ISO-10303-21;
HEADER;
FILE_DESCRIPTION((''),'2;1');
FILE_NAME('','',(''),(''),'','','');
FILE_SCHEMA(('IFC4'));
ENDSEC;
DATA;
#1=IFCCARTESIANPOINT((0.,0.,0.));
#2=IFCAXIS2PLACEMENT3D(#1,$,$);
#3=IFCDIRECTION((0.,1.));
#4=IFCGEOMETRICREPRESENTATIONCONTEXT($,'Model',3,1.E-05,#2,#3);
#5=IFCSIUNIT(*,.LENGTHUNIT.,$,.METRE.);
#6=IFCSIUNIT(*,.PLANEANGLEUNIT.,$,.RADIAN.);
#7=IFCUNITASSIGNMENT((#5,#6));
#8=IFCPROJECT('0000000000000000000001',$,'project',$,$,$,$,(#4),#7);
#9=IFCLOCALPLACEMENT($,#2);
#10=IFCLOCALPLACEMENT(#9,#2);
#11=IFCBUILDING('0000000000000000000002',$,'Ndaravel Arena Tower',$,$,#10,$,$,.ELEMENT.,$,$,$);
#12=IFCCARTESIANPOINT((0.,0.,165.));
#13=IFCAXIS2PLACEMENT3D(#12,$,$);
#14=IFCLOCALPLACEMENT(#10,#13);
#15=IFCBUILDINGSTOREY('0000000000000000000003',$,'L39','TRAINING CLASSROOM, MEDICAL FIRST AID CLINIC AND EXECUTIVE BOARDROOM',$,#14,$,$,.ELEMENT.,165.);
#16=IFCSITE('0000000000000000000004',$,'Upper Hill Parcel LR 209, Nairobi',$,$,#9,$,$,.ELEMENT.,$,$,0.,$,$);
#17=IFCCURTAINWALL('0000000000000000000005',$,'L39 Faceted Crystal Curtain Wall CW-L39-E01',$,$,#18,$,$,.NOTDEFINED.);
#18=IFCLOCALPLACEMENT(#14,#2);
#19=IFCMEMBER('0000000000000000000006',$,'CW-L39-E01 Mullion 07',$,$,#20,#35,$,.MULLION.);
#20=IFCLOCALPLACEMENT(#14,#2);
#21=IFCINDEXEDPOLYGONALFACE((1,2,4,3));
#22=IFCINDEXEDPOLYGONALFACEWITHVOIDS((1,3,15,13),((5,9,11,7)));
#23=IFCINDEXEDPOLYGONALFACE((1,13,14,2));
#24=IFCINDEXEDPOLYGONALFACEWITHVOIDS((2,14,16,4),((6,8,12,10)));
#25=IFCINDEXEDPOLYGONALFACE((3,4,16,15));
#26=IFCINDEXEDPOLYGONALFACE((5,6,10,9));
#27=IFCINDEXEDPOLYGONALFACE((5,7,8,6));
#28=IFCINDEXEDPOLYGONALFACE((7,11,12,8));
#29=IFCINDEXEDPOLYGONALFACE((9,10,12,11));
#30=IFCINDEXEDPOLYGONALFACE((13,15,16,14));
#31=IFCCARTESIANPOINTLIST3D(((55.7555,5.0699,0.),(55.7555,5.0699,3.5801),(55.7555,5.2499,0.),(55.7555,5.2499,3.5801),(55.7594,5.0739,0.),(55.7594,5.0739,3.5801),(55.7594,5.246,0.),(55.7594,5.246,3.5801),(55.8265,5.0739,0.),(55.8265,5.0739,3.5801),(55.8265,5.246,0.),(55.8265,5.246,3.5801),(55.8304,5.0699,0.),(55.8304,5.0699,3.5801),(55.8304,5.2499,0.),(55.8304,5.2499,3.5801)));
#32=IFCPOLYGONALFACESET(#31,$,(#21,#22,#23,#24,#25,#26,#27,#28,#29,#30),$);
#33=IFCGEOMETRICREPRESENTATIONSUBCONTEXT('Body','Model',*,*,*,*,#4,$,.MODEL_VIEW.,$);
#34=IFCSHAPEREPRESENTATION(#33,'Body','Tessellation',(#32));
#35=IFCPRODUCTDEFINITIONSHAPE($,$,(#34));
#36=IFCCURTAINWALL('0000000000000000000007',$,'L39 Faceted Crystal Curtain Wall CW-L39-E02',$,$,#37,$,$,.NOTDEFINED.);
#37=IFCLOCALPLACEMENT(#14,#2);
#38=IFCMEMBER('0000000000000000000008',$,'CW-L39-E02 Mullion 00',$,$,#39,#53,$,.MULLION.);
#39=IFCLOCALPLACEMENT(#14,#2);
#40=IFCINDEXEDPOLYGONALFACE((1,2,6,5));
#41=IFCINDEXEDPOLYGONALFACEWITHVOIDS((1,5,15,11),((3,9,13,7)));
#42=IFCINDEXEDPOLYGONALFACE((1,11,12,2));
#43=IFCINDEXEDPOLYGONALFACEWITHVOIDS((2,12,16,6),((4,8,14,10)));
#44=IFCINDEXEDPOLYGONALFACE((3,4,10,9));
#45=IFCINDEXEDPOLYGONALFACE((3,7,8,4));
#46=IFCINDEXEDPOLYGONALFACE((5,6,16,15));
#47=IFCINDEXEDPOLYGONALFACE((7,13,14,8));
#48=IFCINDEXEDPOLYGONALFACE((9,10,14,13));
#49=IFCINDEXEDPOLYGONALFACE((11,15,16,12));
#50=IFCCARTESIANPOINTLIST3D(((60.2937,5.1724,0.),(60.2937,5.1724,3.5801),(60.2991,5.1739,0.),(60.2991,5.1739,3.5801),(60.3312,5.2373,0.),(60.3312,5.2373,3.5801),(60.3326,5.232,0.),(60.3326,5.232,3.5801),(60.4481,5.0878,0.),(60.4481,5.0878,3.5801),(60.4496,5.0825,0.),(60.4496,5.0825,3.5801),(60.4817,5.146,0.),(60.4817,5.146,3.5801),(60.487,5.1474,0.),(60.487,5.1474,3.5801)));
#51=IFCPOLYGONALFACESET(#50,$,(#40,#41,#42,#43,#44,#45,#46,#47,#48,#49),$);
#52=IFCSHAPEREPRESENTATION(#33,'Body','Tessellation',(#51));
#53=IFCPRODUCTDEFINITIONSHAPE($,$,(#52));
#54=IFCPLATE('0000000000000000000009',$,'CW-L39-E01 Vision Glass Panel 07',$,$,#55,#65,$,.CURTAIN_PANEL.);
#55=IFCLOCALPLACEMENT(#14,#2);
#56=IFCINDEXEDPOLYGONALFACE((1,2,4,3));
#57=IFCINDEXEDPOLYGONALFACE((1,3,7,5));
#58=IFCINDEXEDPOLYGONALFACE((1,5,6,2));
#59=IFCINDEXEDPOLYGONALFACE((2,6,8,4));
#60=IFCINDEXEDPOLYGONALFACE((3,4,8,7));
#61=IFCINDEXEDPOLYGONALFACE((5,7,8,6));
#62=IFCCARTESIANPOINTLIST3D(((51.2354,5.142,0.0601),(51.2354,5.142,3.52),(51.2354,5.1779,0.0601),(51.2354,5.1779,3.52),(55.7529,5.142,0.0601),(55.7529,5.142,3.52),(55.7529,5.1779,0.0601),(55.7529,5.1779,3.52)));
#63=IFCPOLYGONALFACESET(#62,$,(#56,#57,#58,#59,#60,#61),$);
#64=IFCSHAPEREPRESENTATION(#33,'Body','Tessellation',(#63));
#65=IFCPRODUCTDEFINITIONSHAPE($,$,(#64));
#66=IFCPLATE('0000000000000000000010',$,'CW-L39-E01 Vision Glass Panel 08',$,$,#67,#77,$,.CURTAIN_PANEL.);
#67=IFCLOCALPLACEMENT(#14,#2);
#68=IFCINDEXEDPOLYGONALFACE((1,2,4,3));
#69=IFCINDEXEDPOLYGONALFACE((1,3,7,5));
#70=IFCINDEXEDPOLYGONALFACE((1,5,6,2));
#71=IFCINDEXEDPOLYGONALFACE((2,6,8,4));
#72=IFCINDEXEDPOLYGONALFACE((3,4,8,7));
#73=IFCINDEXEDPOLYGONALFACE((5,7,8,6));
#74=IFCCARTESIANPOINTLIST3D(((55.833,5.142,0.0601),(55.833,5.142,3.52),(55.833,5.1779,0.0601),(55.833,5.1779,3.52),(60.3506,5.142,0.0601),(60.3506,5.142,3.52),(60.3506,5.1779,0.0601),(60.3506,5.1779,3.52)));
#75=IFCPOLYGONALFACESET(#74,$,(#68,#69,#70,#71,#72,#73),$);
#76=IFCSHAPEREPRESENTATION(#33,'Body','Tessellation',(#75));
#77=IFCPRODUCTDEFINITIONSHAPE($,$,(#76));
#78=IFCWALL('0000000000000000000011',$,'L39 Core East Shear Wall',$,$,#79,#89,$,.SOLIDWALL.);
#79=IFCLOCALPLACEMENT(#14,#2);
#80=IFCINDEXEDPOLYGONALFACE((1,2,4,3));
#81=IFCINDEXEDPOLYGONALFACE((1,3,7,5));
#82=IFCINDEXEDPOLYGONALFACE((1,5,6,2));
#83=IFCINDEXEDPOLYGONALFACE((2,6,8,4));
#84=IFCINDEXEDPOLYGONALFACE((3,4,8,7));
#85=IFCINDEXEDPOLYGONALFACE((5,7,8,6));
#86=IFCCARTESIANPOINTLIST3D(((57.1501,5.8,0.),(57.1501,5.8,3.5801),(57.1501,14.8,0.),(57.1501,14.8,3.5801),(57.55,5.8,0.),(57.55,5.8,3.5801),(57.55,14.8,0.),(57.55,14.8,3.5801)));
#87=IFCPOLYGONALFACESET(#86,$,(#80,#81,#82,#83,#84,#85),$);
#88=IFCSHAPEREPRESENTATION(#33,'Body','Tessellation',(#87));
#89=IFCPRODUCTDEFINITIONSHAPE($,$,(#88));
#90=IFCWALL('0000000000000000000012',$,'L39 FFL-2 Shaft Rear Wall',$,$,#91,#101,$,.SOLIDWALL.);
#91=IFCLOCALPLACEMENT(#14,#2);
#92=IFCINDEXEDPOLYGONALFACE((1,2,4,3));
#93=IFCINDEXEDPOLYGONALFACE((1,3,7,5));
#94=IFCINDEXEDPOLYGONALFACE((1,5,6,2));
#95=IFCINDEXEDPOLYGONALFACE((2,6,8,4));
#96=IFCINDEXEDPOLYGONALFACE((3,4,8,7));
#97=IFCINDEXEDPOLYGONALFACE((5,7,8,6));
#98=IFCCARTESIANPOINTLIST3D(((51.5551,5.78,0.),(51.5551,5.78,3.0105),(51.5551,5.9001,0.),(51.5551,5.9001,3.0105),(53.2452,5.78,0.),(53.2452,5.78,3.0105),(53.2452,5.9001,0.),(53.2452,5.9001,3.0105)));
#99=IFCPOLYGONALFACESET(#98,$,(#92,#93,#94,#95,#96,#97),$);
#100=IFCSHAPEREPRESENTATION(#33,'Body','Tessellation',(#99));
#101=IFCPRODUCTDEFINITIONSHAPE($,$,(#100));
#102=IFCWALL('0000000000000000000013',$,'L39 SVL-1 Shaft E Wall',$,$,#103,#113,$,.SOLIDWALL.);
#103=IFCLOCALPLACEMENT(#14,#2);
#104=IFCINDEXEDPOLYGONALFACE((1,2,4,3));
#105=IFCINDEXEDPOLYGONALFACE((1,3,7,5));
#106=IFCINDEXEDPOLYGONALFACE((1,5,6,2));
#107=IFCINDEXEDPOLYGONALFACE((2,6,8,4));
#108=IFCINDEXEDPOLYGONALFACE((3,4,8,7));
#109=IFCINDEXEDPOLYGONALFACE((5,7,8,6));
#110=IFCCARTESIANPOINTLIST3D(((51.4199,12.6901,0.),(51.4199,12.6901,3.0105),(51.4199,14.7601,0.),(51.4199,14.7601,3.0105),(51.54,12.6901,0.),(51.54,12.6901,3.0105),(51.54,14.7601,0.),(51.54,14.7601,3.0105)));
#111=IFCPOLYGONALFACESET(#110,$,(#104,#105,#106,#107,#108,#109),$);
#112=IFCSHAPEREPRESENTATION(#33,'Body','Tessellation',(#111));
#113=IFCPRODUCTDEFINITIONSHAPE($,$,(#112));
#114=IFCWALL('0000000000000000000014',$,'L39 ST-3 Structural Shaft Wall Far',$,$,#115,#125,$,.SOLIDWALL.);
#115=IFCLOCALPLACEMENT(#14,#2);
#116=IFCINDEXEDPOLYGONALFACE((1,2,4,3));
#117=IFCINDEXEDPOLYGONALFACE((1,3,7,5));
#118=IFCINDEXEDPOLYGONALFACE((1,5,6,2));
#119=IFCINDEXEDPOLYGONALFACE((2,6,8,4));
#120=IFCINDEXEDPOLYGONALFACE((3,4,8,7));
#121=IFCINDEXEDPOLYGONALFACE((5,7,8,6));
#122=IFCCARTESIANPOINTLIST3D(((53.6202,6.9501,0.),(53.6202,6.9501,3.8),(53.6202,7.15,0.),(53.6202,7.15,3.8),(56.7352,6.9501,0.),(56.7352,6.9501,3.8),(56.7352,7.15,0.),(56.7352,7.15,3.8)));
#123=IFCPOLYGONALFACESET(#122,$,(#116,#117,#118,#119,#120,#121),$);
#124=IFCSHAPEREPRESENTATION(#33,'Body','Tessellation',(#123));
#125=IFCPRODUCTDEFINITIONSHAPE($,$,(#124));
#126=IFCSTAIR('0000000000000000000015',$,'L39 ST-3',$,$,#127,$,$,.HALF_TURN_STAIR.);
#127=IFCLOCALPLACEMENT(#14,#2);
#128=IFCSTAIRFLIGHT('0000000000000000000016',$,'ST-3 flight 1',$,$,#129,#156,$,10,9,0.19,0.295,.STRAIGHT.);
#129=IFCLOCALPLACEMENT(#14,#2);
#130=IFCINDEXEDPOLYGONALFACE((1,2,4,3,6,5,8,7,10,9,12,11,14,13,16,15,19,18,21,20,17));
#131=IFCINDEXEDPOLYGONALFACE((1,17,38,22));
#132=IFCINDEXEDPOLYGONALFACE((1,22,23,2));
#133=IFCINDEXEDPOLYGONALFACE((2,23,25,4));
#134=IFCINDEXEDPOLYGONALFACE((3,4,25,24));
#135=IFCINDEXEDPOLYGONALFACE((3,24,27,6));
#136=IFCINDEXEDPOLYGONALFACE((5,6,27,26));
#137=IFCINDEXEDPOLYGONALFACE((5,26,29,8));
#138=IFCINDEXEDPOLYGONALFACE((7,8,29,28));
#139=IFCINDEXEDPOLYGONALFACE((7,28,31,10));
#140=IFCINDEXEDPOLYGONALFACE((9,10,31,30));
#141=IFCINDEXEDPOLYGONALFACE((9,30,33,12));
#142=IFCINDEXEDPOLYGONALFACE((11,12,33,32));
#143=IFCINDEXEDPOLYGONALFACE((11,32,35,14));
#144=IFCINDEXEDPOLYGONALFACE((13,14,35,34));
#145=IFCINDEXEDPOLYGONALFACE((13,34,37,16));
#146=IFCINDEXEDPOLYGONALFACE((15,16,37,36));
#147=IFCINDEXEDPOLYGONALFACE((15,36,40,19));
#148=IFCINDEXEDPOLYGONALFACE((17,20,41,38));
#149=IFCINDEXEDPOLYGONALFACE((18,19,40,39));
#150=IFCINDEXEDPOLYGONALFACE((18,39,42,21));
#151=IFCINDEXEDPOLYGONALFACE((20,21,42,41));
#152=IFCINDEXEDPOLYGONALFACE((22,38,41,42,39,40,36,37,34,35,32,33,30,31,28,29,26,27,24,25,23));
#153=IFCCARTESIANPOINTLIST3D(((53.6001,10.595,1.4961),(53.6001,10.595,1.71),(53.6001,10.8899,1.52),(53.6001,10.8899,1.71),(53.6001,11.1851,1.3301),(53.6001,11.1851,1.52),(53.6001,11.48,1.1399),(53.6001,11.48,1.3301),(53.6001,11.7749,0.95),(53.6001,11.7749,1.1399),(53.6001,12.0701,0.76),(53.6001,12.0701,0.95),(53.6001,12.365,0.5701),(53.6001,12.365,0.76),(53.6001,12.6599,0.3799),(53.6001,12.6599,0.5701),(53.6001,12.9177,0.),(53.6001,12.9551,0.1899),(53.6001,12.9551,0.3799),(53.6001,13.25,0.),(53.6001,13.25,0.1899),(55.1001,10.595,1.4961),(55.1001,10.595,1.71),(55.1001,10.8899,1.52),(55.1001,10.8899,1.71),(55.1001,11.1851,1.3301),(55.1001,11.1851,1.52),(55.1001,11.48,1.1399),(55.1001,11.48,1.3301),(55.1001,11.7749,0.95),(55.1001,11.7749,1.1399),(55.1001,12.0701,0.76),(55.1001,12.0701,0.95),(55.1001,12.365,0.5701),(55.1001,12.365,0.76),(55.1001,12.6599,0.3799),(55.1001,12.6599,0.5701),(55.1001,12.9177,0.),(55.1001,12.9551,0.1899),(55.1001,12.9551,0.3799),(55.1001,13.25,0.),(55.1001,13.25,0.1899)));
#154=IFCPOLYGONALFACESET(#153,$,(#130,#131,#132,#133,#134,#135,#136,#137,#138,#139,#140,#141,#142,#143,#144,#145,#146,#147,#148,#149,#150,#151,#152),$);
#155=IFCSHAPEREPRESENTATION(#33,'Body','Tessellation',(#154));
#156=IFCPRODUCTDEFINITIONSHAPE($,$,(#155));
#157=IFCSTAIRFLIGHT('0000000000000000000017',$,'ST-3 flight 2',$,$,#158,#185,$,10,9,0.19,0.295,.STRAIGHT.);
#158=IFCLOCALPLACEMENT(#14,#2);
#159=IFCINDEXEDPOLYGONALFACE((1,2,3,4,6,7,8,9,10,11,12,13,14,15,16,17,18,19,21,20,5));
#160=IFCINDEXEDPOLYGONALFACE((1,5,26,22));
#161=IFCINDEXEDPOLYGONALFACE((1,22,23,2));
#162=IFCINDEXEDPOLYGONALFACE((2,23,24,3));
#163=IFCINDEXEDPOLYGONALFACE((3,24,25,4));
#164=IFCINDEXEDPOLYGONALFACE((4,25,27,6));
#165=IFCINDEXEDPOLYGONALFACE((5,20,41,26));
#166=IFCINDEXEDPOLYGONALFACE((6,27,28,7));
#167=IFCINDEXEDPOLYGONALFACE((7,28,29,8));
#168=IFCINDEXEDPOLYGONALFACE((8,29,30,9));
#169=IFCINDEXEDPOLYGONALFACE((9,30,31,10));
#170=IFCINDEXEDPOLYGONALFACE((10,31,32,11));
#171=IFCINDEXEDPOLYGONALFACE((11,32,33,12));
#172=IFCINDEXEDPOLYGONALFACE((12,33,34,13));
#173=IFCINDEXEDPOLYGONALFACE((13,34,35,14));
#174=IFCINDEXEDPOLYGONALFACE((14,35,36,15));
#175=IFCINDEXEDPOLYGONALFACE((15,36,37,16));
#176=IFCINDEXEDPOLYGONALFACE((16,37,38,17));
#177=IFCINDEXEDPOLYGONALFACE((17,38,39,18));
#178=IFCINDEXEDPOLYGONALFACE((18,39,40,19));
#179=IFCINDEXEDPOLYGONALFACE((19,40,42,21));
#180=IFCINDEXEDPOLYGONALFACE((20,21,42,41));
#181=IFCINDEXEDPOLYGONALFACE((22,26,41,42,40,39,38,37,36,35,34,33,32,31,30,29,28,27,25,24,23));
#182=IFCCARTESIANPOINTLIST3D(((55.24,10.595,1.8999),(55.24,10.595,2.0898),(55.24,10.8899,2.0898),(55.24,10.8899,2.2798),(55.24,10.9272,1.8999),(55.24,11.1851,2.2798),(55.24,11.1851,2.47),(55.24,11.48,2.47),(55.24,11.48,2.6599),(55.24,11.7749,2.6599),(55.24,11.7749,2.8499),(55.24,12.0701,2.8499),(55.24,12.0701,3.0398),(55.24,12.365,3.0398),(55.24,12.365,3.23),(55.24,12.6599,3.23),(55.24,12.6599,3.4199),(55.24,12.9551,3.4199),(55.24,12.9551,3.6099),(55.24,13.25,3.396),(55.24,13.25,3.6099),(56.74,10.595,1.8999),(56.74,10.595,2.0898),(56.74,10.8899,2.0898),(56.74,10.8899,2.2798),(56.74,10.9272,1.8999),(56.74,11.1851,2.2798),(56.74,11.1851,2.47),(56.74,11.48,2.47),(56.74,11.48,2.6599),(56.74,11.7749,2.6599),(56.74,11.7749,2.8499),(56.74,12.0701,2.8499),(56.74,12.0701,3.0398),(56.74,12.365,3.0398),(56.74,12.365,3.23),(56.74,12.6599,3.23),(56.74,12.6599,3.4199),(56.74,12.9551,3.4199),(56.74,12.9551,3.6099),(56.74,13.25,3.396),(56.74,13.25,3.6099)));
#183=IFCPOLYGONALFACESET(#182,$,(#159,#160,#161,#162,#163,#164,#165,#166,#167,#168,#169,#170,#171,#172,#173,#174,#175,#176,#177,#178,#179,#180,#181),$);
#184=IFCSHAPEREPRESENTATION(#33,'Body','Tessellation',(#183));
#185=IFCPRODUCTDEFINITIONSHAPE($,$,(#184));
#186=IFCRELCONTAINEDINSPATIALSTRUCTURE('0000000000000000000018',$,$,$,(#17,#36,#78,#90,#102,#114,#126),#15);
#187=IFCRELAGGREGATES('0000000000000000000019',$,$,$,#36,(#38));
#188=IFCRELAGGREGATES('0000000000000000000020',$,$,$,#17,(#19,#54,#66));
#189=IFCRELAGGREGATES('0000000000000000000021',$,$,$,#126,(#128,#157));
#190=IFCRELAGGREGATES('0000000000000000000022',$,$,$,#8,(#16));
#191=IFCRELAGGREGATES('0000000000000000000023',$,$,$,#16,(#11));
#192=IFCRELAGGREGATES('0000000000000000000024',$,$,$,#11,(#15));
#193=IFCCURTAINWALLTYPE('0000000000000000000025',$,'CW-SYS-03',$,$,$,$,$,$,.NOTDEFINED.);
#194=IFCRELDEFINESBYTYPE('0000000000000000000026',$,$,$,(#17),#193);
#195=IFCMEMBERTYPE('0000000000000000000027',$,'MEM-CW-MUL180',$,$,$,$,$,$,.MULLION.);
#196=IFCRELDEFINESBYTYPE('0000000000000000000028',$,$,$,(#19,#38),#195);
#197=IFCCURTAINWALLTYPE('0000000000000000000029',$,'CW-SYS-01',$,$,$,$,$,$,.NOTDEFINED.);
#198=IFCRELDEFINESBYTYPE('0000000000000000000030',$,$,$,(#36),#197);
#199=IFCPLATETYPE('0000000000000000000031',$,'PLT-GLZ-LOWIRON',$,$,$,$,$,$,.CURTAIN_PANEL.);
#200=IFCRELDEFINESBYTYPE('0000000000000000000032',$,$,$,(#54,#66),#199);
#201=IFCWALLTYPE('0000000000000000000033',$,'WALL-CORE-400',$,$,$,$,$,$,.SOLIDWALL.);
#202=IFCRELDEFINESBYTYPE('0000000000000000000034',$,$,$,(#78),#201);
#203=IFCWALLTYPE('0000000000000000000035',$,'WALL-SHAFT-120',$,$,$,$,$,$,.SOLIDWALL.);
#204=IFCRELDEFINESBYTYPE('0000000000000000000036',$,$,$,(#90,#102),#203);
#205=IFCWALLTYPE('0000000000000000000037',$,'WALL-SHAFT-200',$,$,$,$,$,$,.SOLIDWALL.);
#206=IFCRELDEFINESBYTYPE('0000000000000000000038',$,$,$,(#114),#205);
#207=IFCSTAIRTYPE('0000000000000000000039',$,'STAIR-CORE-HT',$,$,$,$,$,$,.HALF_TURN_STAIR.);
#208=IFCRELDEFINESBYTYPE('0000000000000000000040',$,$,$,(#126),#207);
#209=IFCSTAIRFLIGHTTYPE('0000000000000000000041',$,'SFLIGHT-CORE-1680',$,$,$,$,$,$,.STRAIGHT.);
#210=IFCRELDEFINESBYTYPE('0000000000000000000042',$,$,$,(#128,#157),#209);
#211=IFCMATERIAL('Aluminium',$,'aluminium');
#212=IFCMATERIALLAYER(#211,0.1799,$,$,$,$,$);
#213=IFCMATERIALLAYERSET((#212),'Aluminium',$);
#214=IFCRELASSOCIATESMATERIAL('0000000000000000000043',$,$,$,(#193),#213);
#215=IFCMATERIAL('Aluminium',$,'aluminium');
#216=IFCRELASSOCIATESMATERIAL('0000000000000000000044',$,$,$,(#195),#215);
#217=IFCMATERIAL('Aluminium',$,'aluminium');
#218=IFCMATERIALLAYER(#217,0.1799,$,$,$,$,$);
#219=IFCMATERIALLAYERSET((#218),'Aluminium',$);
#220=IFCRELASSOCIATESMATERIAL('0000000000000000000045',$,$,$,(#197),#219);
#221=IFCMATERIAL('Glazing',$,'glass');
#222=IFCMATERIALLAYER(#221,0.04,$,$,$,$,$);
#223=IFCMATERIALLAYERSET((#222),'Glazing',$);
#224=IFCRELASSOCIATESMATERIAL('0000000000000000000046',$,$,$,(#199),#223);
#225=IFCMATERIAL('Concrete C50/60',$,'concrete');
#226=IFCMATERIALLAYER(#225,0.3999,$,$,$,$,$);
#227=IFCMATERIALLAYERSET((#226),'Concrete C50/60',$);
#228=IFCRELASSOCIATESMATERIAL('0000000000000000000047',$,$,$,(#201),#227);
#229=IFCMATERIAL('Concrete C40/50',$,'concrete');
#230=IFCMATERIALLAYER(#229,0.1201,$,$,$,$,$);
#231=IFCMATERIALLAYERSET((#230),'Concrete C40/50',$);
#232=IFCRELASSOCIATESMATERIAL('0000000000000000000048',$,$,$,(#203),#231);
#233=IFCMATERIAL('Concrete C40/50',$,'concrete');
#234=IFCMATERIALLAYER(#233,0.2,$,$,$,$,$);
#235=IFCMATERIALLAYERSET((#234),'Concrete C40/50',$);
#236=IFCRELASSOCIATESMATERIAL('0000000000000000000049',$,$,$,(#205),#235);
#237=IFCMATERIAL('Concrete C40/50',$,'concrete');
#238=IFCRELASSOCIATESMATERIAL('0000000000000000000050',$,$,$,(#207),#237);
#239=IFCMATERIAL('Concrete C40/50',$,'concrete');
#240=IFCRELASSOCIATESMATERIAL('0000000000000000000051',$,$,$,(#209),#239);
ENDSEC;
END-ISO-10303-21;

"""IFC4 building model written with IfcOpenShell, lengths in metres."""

from ifc_helpers import new_model, si_unit, direction, frame, frame_2d, origin, origin_2d, place, context, subcontext, project, spatial, polyline, rectangle, hollow_rectangle, outline, extrude, material, layer, layer_set, material_profile, profile_set, type_object, element, aggregate, save


model = new_model("IFC4")

# Units and contexts
model_context = context("Model", 3, precision=1e-05, world=origin(), true_north=direction((0.0, 1.0)))
body_context = subcontext(model_context, "Body", "Model", "MODEL_VIEW")
ifc_project = project(units=[si_unit("LENGTHUNIT", "METRE"), si_unit("PLANEANGLEUNIT", "RADIAN")], contexts=[model_context])

# Site, building, storey
site_placement = place(None, origin())
site = spatial("IfcSite", under=ifc_project, at=site_placement, Name="Upper Hill Parcel LR 209, Nairobi", CompositionType="ELEMENT", RefElevation=0.0)
building_placement = place(site_placement, origin())
building = spatial("IfcBuilding", under=site, at=building_placement, Name="Ndaravel Arena Tower", CompositionType="ELEMENT")
storey_placement = place(building_placement, frame((0.0, 0.0, 165.0)))
storey = spatial("IfcBuildingStorey", under=building, at=storey_placement, Name="L39", Description="TRAINING CLASSROOM, MEDICAL FIRST AID CLINIC AND EXECUTIVE BOARDROOM", CompositionType="ELEMENT", Elevation=165.0)

# Curtain walls, members
ifc_material_1 = material(Name="Aluminium", Category="aluminium")
ifc_layer_1 = layer(ifc_material_1, 0.1799)
ifc_layer_set_1 = layer_set([ifc_layer_1], Name="Aluminium")
curtain_wall_type_1 = type_object("IfcCurtainWallType", Name="CW-SYS-03", PredefinedType="NOTDEFINED", material=ifc_layer_set_1)
curtain_wall_1_placement = place(storey_placement, origin())
curtain_wall_1 = element("IfcCurtainWall", 1, at=curtain_wall_1_placement, inside=storey, type_object=curtain_wall_type_1, Name="L39 Faceted Crystal Curtain Wall CW-L39-E01", PredefinedType="NOTDEFINED")
ifc_material_2 = material(Name="Aluminium", Category="aluminium")
ifc_material_profile = material_profile(ifc_material_2, hollow_rectangle(XDim=0.075, YDim=0.1799, WallThickness=0.0039, at=origin_2d()), Name="CW MULLION 75x180x4")
ifc_profile_set = profile_set([ifc_material_profile], Name="Aluminium")
member_type = type_object("IfcMemberType", Name="MEM-CW-MUL180", PredefinedType="MULLION", material=ifc_profile_set)
member_1_placement = place(storey_placement, frame((55.793, 5.1599, 0.0), z_axis=(0.0, 0.0, 1.0), x_axis=(1.0, 0.0, 0.0)))
member_1 = element("IfcMember", 2, at=member_1_placement, type_object=member_type, Name="CW-L39-E01 Mullion 07", PredefinedType="MULLION", context=body_context, shape_type="SweptSolid", body=[
    extrude(hollow_rectangle(XDim=0.075, YDim=0.1799, WallThickness=0.0039, at=origin_2d()), origin(), (0.0, 0.0, 1.0), 3.5801),
])
ifc_material_3 = material(Name="Aluminium", Category="aluminium")
ifc_layer_2 = layer(ifc_material_3, 0.1799)
ifc_layer_set_2 = layer_set([ifc_layer_2], Name="Aluminium")
curtain_wall_type_2 = type_object("IfcCurtainWallType", Name="CW-SYS-01", PredefinedType="NOTDEFINED", material=ifc_layer_set_2)
curtain_wall_2_placement = place(storey_placement, origin())
curtain_wall_2 = element("IfcCurtainWall", 3, at=curtain_wall_2_placement, inside=storey, type_object=curtain_wall_type_2, Name="L39 Faceted Crystal Curtain Wall CW-L39-E02", PredefinedType="NOTDEFINED")
member_2_placement = place(storey_placement, frame((60.3904, 5.1599, 0.0), z_axis=(0.0, 0.0, 1.0), x_axis=(0.5, 0.866025, 0.0)))
member_2 = element("IfcMember", 4, at=member_2_placement, type_object=member_type, Name="CW-L39-E02 Mullion 00", PredefinedType="MULLION", context=body_context, shape_type="SweptSolid", body=[
    extrude(hollow_rectangle(XDim=0.075, YDim=0.1799, WallThickness=0.0039, at=origin_2d()), origin(), (0.0, 0.0, 1.0), 3.5801),
])
aggregate(curtain_wall_2, [member_2])

# Plates
ifc_material_4 = material(Name="Glazing", Category="glass")
ifc_layer_3 = layer(ifc_material_4, 0.04)
ifc_layer_set_3 = layer_set([ifc_layer_3], Name="Glazing")
plate_type = type_object("IfcPlateType", Name="PLT-GLZ-LOWIRON", PredefinedType="CURTAIN_PANEL", material=ifc_layer_set_3)
plate_1_placement = place(storey_placement, frame((53.4941, 5.1599, 0.0601), z_axis=(0.0, 0.0, 1.0), x_axis=(1.0, 0.0, 0.0)))
plate_1 = element("IfcPlate", 5, at=plate_1_placement, type_object=plate_type, Name="CW-L39-E01 Vision Glass Panel 07", PredefinedType="CURTAIN_PANEL", context=body_context, shape_type="SweptSolid", body=[
    extrude(rectangle(XDim=4.5176, YDim=0.0359, at=origin_2d()), origin(), (0.0, 0.0, 1.0), 3.46),
])
plate_2_placement = place(storey_placement, frame((58.0918, 5.1599, 0.0601), z_axis=(0.0, 0.0, 1.0), x_axis=(1.0, 0.0, 0.0)))
plate_2 = element("IfcPlate", 6, at=plate_2_placement, type_object=plate_type, Name="CW-L39-E01 Vision Glass Panel 08", PredefinedType="CURTAIN_PANEL", context=body_context, shape_type="SweptSolid", body=[
    extrude(rectangle(XDim=4.5176, YDim=0.0359, at=origin_2d()), origin(), (0.0, 0.0, 1.0), 3.46),
])
aggregate(curtain_wall_1, [member_1, plate_1, plate_2])

# Walls
ifc_material_5 = material(Name="Concrete C50/60", Category="concrete")
ifc_layer_4 = layer(ifc_material_5, 0.3999)
ifc_layer_set_4 = layer_set([ifc_layer_4], Name="Concrete C50/60")
wall_type_1 = type_object("IfcWallType", Name="WALL-CORE-400", PredefinedType="SOLIDWALL", material=ifc_layer_set_4)
wall_1_placement = place(storey_placement, frame((57.3501, 5.8, 0.0), z_axis=(0.0, 0.0, 1.0), x_axis=(0.0, 1.0, 0.0)))
element("IfcWall", 7, at=wall_1_placement, inside=storey, type_object=wall_type_1, Name="L39 Core East Shear Wall", PredefinedType="SOLIDWALL", context=body_context, shape_type="SweptSolid", body=[
    extrude(rectangle(XDim=9.0, YDim=0.3999, at=frame_2d((4.5, 0.0))), origin(), (0.0, 0.0, 1.0), 3.5801),
])
ifc_material_6 = material(Name="Concrete C40/50", Category="concrete")
ifc_layer_5 = layer(ifc_material_6, 0.1201)
ifc_layer_set_5 = layer_set([ifc_layer_5], Name="Concrete C40/50")
wall_type_2 = type_object("IfcWallType", Name="WALL-SHAFT-120", PredefinedType="SOLIDWALL", material=ifc_layer_set_5)
wall_2_placement = place(storey_placement, frame((51.5549, 5.8401, 0.0), z_axis=(0.0, 0.0, 1.0), x_axis=(1.0, 0.0, 0.0)))
element("IfcWall", 8, at=wall_2_placement, inside=storey, type_object=wall_type_2, Name="L39 FFL-2 Shaft Rear Wall", PredefinedType="SOLIDWALL", context=body_context, shape_type="SweptSolid", body=[
    extrude(rectangle(XDim=1.6902, YDim=0.1201, at=frame_2d((0.8452, 0.0))), origin(), (0.0, 0.0, 1.0), 3.0105),
])
wall_3_placement = place(storey_placement, frame((51.48, 12.6899, 0.0), z_axis=(0.0, 0.0, 1.0), x_axis=(0.0, 1.0, 0.0)))
element("IfcWall", 9, at=wall_3_placement, inside=storey, type_object=wall_type_2, Name="L39 SVL-1 Shaft E Wall", PredefinedType="SOLIDWALL", context=body_context, shape_type="SweptSolid", body=[
    extrude(rectangle(XDim=2.0701, YDim=0.1201, at=frame_2d((1.0352, 0.0))), origin(), (0.0, 0.0, 1.0), 3.0105),
])
ifc_material_7 = material(Name="Concrete C40/50", Category="concrete")
ifc_layer_6 = layer(ifc_material_7, 0.2)
ifc_layer_set_6 = layer_set([ifc_layer_6], Name="Concrete C40/50")
wall_type_3 = type_object("IfcWallType", Name="WALL-SHAFT-200", PredefinedType="SOLIDWALL", material=ifc_layer_set_6)
wall_4_placement = place(storey_placement, frame((53.6201, 7.05, 0.0), z_axis=(0.0, 0.0, 1.0), x_axis=(1.0, 0.0, 0.0)))
element("IfcWall", 10, at=wall_4_placement, inside=storey, type_object=wall_type_3, Name="L39 ST-3 Structural Shaft Wall Far", PredefinedType="SOLIDWALL", context=body_context, shape_type="SweptSolid", body=[
    extrude(rectangle(XDim=3.115, YDim=0.2, at=frame_2d((1.5576, 0.0))), origin(), (0.0, 0.0, 1.0), 3.8),
])

# Stair, stair flights
ifc_material_8 = material(Name="Concrete C40/50", Category="concrete")
stair_type = type_object("IfcStairType", Name="STAIR-CORE-HT", PredefinedType="HALF_TURN_STAIR", material=ifc_material_8)
stair_placement = place(storey_placement, origin())
stair = element("IfcStair", 11, at=stair_placement, inside=storey, type_object=stair_type, Name="L39 ST-3", PredefinedType="HALF_TURN_STAIR")
ifc_material_9 = material(Name="Concrete C40/50", Category="concrete")
stair_flight_type = type_object("IfcStairFlightType", Name="SFLIGHT-CORE-1680", PredefinedType="STRAIGHT", material=ifc_material_9)
stair_flight_1_placement = place(storey_placement, frame((54.3501, 13.25, 0.0), z_axis=(0.0, 0.0, 1.0), x_axis=(0.0, -1.0, 0.0)))
stair_flight_1 = element("IfcStairFlight", 12, at=stair_flight_1_placement, type_object=stair_flight_type, Name="ST-3 flight 1", NumberOfRisers=10, NumberOfTreads=9, PredefinedType="STRAIGHT", RiserHeight=0.19, TreadLength=0.295, context=body_context, shape_type="SweptSolid", body=[
    extrude(outline(polyline([(0.0, 0.0), (0.0, 0.1899), (0.2949, 0.1899), (0.2949, 0.3799), (0.5901, 0.3799), (0.5901, 0.5701), (0.885, 0.5701), (0.885, 0.76), (1.1799, 0.76), (1.1799, 0.95), (1.4751, 0.95), (1.4751, 1.1399), (1.77, 1.1399), (1.77, 1.3301), (2.0649, 1.3301), (2.0649, 1.52), (2.3601, 1.52), (2.3601, 1.71), (2.655, 1.71), (2.655, 1.8999), (2.655, 1.4961), (0.3323, 0.0), (0.0, 0.0)])), frame((0.0, 0.75, 0.0), z_axis=(0.0, -1.0, 0.0), x_axis=(1.0, 0.0, 0.0)), (0.0, 0.0, 1.0), 1.5),
])
stair_flight_2_placement = place(storey_placement, frame((55.99, 10.595, 1.8999), z_axis=(0.0, 0.0, 1.0), x_axis=(0.0, 1.0, 0.0)))
stair_flight_2 = element("IfcStairFlight", 13, at=stair_flight_2_placement, type_object=stair_flight_type, Name="ST-3 flight 2", NumberOfRisers=10, NumberOfTreads=9, PredefinedType="STRAIGHT", RiserHeight=0.19, TreadLength=0.295, context=body_context, shape_type="SweptSolid", body=[
    extrude(outline(polyline([(0.0, 0.0), (0.0, 0.1899), (0.2949, 0.1899), (0.2949, 0.3799), (0.5901, 0.3799), (0.5901, 0.5701), (0.885, 0.5701), (0.885, 0.76), (1.1799, 0.76), (1.1799, 0.95), (1.4751, 0.95), (1.4751, 1.1399), (1.77, 1.1399), (1.77, 1.3301), (2.0649, 1.3301), (2.0649, 1.52), (2.3601, 1.52), (2.3601, 1.71), (2.655, 1.71), (2.655, 1.8999), (2.655, 1.4961), (0.3323, 0.0), (0.0, 0.0)])), frame((0.0, 0.75, 0.0), z_axis=(0.0, -1.0, 0.0), x_axis=(1.0, 0.0, 0.0)), (0.0, 0.0, 1.0), 1.5),
])
aggregate(stair, [stair_flight_1, stair_flight_2])

save(model, "model.ifc")
